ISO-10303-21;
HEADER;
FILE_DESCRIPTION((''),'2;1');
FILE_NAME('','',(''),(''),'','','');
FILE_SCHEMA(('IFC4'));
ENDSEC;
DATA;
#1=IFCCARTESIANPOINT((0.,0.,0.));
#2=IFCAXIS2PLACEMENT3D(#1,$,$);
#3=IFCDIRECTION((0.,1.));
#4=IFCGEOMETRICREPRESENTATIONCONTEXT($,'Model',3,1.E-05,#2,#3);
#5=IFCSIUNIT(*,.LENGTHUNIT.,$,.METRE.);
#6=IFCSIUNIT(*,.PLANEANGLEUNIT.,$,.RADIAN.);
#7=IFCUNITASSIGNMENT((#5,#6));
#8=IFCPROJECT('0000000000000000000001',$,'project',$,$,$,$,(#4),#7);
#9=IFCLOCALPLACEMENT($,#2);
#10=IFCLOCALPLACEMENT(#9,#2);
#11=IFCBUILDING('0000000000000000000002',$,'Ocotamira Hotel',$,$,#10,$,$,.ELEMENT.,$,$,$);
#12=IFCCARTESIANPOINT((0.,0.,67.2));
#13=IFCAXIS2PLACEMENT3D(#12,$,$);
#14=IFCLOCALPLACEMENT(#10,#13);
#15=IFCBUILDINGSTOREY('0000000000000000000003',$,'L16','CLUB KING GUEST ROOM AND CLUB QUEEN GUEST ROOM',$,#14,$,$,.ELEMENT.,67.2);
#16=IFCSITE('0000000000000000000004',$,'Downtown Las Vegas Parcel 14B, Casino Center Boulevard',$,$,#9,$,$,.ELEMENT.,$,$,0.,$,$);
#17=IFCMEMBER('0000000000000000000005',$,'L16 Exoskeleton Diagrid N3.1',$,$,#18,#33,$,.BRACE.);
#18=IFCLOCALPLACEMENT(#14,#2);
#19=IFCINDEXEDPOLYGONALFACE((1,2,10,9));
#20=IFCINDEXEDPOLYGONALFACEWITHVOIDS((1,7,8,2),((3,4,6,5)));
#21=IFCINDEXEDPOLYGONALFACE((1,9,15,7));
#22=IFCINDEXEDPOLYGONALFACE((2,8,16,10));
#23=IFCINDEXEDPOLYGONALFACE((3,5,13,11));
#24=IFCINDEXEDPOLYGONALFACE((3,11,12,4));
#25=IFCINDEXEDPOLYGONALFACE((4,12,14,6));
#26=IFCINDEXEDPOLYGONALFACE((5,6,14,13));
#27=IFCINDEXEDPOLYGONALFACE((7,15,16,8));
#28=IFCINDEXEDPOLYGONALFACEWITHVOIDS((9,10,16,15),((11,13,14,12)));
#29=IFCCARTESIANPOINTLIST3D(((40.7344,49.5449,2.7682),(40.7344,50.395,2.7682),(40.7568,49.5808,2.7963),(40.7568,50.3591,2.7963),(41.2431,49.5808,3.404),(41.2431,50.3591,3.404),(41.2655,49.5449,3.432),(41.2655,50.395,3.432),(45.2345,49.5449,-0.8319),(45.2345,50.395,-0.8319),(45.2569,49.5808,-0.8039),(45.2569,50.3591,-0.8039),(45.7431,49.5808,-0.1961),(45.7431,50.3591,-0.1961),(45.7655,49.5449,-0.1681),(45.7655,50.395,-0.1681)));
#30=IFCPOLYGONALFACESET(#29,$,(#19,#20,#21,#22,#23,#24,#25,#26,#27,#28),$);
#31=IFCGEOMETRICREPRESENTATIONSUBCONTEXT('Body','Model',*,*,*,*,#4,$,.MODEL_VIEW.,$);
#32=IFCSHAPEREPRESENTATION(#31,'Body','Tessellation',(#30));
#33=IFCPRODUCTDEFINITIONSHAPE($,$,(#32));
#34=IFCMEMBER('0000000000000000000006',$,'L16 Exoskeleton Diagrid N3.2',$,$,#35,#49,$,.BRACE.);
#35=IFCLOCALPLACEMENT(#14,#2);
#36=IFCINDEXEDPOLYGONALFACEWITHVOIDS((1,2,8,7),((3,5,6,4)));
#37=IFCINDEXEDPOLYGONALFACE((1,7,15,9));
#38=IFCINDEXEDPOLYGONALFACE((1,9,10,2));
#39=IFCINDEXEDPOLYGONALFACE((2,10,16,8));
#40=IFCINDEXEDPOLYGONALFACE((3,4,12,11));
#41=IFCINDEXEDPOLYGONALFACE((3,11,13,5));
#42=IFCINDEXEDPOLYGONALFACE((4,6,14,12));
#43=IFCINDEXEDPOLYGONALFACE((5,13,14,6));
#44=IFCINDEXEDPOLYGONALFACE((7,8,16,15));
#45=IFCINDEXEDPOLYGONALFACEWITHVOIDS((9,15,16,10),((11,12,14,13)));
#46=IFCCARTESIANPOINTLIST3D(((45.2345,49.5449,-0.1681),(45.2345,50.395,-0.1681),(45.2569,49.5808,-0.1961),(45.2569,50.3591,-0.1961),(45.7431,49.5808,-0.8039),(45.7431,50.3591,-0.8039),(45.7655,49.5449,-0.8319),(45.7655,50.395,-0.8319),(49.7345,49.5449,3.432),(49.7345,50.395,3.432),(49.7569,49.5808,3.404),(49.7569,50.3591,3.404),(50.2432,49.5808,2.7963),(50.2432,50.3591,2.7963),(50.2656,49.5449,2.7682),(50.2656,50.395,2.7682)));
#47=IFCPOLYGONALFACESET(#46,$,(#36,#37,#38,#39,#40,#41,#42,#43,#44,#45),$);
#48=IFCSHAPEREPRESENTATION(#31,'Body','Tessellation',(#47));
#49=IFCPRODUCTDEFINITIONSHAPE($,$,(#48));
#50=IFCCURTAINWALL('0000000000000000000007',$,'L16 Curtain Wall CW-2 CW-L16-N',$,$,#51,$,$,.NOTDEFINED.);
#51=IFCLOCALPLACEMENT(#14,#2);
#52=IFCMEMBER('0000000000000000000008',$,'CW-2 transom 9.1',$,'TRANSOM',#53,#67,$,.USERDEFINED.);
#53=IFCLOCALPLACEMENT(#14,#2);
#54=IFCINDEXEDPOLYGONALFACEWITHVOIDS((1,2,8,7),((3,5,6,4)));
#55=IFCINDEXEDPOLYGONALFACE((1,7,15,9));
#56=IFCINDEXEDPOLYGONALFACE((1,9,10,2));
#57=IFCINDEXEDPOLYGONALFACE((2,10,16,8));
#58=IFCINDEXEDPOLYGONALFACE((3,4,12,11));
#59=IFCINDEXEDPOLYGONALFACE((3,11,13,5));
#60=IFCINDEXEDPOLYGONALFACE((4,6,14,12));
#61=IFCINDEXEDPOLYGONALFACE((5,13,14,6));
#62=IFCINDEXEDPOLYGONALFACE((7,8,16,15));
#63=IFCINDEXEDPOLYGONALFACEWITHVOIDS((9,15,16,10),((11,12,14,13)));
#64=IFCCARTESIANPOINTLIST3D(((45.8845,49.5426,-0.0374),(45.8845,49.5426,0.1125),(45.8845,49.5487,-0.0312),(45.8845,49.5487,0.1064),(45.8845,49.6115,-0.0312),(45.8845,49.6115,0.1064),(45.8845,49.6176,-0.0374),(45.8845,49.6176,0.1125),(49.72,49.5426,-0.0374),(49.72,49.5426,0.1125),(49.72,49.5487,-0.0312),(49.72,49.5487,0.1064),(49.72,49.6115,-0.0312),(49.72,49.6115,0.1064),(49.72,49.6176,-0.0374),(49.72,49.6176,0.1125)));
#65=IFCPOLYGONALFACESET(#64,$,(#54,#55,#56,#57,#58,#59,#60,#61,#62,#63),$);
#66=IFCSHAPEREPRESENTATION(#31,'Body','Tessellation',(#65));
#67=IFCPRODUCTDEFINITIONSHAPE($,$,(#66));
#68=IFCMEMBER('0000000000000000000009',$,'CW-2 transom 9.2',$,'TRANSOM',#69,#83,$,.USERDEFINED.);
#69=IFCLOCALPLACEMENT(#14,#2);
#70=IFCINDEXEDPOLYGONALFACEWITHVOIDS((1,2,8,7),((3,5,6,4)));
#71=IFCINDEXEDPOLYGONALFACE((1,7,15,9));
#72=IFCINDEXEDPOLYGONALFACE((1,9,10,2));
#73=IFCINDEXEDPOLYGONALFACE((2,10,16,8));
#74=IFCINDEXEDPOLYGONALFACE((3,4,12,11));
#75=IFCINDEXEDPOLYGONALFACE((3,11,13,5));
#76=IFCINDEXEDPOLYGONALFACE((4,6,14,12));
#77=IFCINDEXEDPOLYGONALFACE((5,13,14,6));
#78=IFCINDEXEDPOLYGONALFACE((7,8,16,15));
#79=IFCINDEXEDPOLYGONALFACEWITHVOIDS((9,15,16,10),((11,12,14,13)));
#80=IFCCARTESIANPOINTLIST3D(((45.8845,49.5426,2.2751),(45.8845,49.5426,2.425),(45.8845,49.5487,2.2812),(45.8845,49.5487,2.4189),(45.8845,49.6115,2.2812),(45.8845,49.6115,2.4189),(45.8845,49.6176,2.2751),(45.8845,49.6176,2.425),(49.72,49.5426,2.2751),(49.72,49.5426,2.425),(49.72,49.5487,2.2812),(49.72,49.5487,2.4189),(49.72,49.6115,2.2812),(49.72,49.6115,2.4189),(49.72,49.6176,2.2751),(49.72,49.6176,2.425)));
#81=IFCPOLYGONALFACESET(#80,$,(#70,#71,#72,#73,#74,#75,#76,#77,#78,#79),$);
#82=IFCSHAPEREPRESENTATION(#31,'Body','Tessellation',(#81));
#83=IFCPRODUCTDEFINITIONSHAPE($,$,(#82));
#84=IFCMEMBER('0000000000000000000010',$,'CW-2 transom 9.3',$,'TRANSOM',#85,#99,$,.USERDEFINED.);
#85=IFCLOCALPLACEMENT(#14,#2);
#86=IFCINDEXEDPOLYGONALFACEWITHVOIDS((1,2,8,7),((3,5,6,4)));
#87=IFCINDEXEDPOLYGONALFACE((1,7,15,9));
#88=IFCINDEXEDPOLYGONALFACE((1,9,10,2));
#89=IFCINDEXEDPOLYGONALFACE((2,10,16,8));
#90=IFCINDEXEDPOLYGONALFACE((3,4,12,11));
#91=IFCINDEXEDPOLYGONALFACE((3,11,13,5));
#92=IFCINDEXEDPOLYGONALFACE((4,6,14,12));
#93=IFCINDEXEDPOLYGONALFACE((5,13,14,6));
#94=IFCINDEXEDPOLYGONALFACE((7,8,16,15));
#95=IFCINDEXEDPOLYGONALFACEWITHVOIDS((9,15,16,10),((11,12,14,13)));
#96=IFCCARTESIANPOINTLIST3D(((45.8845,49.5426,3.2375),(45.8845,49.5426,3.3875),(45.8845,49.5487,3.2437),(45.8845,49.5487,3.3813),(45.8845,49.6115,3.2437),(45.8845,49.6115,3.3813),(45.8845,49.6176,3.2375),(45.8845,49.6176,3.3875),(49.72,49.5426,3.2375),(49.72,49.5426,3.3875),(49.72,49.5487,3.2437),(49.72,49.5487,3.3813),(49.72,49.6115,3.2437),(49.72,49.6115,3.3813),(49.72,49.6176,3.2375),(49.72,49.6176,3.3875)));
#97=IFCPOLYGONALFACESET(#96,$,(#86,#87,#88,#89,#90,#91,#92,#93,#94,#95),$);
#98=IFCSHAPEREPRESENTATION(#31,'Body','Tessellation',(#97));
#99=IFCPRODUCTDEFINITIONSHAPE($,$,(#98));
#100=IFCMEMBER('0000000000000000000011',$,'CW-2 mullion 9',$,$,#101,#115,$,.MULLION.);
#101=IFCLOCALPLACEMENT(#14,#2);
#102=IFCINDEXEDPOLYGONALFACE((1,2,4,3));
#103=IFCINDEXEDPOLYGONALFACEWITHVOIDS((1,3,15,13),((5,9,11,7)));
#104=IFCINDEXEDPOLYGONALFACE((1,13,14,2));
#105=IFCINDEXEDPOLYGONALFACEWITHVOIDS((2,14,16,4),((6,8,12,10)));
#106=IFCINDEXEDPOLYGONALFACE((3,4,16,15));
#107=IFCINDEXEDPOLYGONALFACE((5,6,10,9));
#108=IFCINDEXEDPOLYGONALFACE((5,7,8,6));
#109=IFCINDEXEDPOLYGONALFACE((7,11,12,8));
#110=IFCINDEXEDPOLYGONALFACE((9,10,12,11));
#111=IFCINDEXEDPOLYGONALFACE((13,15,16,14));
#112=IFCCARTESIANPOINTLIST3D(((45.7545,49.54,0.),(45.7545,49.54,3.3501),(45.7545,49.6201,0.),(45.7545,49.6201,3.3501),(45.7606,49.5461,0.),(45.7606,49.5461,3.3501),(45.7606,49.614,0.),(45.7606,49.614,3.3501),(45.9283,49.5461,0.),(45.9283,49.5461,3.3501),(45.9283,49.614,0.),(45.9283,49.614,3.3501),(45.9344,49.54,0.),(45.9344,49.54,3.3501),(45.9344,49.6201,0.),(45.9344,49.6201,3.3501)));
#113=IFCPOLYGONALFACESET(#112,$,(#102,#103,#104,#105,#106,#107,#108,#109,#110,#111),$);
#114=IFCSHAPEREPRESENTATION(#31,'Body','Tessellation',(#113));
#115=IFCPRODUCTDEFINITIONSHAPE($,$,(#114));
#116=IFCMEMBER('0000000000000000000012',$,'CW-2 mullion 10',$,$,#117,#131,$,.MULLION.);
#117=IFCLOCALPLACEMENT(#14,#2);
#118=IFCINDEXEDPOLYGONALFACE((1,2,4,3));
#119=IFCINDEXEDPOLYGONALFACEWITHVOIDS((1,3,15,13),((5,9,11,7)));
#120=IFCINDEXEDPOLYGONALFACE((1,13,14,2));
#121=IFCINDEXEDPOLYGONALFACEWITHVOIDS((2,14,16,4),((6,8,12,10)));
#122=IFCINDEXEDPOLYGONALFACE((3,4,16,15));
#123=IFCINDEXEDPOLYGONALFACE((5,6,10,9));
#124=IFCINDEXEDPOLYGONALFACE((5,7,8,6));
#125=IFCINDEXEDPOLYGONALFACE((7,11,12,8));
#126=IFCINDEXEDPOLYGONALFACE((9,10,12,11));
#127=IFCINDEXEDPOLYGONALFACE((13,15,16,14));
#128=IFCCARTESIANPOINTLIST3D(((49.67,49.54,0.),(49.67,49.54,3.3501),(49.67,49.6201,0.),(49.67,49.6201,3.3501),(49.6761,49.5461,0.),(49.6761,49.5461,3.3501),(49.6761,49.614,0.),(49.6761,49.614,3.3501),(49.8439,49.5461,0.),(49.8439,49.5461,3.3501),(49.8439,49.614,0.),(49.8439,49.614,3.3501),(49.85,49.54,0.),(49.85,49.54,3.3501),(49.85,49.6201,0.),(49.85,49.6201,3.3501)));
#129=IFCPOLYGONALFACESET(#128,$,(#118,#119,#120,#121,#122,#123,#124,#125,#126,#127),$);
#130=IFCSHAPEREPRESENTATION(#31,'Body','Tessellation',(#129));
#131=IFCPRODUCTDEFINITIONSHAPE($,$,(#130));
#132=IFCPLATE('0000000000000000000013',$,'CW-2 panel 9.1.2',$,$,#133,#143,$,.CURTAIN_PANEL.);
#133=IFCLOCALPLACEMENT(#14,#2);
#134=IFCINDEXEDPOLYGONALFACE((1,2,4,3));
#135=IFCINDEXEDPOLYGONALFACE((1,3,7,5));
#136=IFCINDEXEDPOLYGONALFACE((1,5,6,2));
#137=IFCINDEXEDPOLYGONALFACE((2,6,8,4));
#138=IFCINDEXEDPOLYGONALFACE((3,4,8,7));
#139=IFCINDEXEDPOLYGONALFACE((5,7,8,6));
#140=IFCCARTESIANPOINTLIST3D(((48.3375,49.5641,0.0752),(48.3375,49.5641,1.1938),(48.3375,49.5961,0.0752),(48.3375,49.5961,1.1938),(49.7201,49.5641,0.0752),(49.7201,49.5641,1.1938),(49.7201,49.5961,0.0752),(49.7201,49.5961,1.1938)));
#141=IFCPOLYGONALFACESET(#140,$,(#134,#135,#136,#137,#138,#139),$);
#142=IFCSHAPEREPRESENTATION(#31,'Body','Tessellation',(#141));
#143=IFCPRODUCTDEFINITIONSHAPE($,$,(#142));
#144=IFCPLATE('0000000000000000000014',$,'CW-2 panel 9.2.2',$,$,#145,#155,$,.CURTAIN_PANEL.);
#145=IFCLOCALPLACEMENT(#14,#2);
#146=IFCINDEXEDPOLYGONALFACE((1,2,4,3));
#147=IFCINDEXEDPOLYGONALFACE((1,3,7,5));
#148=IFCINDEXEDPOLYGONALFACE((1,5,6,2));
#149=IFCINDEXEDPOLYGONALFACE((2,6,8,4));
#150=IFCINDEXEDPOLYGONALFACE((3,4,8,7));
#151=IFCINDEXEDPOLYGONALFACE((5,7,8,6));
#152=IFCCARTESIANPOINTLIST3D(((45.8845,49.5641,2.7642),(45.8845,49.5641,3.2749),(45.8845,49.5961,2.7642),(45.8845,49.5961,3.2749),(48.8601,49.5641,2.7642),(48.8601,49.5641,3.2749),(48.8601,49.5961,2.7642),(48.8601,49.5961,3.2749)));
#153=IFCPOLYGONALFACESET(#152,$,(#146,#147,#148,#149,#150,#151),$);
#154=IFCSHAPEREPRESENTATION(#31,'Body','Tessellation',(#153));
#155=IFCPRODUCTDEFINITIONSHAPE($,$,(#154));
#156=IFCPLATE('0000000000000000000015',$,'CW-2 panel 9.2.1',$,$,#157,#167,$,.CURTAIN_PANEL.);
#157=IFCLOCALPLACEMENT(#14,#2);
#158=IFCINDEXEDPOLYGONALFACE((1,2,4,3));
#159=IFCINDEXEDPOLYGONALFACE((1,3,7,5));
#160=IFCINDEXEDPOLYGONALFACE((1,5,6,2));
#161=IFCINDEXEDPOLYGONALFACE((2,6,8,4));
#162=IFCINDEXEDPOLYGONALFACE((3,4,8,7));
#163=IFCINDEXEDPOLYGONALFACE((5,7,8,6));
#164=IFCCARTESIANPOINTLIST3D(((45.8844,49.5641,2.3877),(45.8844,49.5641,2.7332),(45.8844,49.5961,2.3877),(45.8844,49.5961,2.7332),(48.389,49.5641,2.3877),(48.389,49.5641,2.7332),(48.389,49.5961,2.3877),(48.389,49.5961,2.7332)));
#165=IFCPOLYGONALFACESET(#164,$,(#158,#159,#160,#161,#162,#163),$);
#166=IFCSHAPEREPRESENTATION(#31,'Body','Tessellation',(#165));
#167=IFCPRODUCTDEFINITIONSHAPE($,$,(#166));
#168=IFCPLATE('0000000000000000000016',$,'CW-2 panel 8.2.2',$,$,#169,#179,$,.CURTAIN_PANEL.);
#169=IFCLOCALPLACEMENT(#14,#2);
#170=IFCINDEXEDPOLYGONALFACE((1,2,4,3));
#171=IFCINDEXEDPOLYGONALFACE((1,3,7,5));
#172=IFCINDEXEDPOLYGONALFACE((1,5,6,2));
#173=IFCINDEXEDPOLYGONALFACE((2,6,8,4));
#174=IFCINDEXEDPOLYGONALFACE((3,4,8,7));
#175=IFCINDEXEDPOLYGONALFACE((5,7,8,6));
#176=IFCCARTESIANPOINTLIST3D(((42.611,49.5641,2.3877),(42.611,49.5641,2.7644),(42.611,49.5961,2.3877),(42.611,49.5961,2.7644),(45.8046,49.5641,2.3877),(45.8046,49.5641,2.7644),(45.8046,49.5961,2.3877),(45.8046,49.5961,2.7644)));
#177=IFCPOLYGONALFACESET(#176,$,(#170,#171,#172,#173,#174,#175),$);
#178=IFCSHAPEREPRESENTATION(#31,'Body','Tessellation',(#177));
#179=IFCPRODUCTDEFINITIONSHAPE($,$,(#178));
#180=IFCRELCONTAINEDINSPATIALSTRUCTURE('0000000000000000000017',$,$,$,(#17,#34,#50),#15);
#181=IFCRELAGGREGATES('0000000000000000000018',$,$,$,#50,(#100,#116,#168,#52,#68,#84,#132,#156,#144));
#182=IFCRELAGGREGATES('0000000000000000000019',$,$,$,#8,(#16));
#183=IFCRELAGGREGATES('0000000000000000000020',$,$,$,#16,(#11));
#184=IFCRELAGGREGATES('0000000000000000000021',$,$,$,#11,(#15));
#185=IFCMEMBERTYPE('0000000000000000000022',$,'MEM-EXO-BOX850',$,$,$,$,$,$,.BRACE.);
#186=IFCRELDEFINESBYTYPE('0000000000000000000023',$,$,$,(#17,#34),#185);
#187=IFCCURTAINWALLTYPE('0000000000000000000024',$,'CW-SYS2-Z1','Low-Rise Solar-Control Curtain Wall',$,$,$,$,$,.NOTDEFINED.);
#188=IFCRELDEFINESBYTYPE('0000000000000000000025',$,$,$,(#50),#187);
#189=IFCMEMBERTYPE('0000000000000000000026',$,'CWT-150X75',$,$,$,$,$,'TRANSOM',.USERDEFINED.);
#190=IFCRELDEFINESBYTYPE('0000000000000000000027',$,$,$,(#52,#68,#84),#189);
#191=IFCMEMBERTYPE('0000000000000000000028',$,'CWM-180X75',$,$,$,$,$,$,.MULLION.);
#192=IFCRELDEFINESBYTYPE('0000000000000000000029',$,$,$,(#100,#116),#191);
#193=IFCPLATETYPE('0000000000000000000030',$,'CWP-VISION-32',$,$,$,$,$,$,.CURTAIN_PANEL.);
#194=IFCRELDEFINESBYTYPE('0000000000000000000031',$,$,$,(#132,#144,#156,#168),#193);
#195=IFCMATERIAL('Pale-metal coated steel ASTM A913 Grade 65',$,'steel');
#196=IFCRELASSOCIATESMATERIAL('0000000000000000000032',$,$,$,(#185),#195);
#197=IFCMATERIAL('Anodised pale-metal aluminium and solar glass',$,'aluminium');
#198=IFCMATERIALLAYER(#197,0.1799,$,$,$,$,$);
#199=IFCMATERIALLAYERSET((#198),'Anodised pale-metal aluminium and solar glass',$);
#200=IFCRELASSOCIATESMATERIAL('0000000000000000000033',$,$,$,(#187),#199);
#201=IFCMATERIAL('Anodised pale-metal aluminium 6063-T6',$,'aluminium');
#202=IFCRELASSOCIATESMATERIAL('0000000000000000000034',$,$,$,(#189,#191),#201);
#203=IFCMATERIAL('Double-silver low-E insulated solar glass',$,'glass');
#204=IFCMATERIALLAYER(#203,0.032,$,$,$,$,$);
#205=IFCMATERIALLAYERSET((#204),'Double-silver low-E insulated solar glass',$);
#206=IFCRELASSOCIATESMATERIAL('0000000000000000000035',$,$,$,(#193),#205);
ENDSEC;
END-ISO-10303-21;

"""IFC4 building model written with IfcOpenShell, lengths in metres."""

from ifc_helpers import new_model, si_unit, direction, frame, origin, origin_2d, place, context, subcontext, project, spatial, rectangle, hollow_rectangle, extrude, source, transform, mapped, material, layer, layer_set, material_profile, profile_set, type_object, element, aggregate, save


model = new_model("IFC4")

# Units and contexts
model_context = context("Model", 3, precision=1e-05, world=origin(), true_north=direction((0.0, 1.0)))
body_context = subcontext(model_context, "Body", "Model", "MODEL_VIEW")
ifc_project = project(units=[si_unit("LENGTHUNIT", "METRE"), si_unit("PLANEANGLEUNIT", "RADIAN")], contexts=[model_context])

# Site, building, storey
site_placement = place(None, origin())
site = spatial("IfcSite", under=ifc_project, at=site_placement, Name="Downtown Las Vegas Parcel 14B, Casino Center Boulevard", CompositionType="ELEMENT", RefElevation=0.0)
building_placement = place(site_placement, origin())
building = spatial("IfcBuilding", under=site, at=building_placement, Name="Ocotamira Hotel", CompositionType="ELEMENT")
storey_placement = place(building_placement, frame((0.0, 0.0, 67.2)))
storey = spatial("IfcBuildingStorey", under=building, at=storey_placement, Name="L16", Description="CLUB KING GUEST ROOM AND CLUB QUEEN GUEST ROOM", CompositionType="ELEMENT", Elevation=67.2)

# Members
ifc_material_1 = material(Name="Pale-metal coated steel ASTM A913 Grade 65", Category="steel")
ifc_material_profile_1 = material_profile(ifc_material_1, hollow_rectangle(XDim=0.8501, YDim=0.8501, WallThickness=0.0359, at=origin_2d()), Name="BOX850X850X36")
ifc_profile_set_1 = profile_set([ifc_material_profile_1], Name="Pale-metal coated steel ASTM A913 Grade 65")
member_type_1 = type_object("IfcMemberType", Name="MEM-EXO-BOX850", PredefinedType="BRACE", material=ifc_profile_set_1)
shared_shape_1 = source(origin(), body_context, "Body", "SweptSolid", [
    extrude(hollow_rectangle(XDim=0.8501, YDim=0.8501, WallThickness=0.0359, at=origin_2d()), origin(), (0.0, 0.0, 1.0), 5.7629),
])
for number, where, z_axis, x_axis, name in (
    (1, (45.5, 49.97, -0.5), (-0.780861, 0.0, 0.624705), (0.0, -1.0, 0.0), "L16 Exoskeleton Diagrid N3.1"),
    (2, (45.5, 49.97, -0.5), (0.780861, 0.0, 0.624705), (0.0, 1.0, 0.0), "L16 Exoskeleton Diagrid N3.2"),
):
    element("IfcMember", number, at=place(storey_placement, frame(where, z_axis=z_axis, x_axis=x_axis)), inside=storey, type_object=member_type_1, Name=name, PredefinedType="BRACE", context=body_context, shape_type="MappedRepresentation", body=[
        mapped(shared_shape_1, transform((0.0, 0.0, 0.0), scale=1.0)),
    ])

# Curtain wall, members, plates
ifc_material_2 = material(Name="Anodised pale-metal aluminium and solar glass", Category="aluminium")
ifc_layer_1 = layer(ifc_material_2, 0.1799)
ifc_layer_set_1 = layer_set([ifc_layer_1], Name="Anodised pale-metal aluminium and solar glass")
curtain_wall_type = type_object("IfcCurtainWallType", Name="CW-SYS2-Z1", Description="Low-Rise Solar-Control Curtain Wall", PredefinedType="NOTDEFINED", material=ifc_layer_set_1)
curtain_wall_placement = place(storey_placement, origin())
curtain_wall = element("IfcCurtainWall", 3, at=curtain_wall_placement, inside=storey, type_object=curtain_wall_type, Name="L16 Curtain Wall CW-2 CW-L16-N", PredefinedType="NOTDEFINED")
ifc_material_3 = material(Name="Anodised pale-metal aluminium 6063-T6", Category="aluminium")
ifc_material_profile_2 = material_profile(ifc_material_3, hollow_rectangle(XDim=0.075, YDim=0.1499, WallThickness=0.0061, at=origin_2d()), Name="HSS150X75X6")
ifc_profile_set_2 = profile_set([ifc_material_profile_2], Name="Anodised pale-metal aluminium 6063-T6")
member_type_2 = type_object("IfcMemberType", Name="CWT-150X75", ElementType="TRANSOM", PredefinedType="USERDEFINED", material=ifc_profile_set_2)
shared_shape_2 = source(origin(), body_context, "Body", "SweptSolid", [
    extrude(hollow_rectangle(XDim=0.075, YDim=0.1499, WallThickness=0.0061, at=origin_2d()), origin(), (0.0, 0.0, 1.0), 3.8354),
])
member_1_placement = place(storey_placement, frame((45.8845, 49.5801, 0.0376), z_axis=(1.0, 0.0, 0.0), x_axis=(0.0, 1.0, 0.0)))
member_1 = element("IfcMember", 4, at=member_1_placement, type_object=member_type_2, Name="CW-2 transom 9.1", ObjectType="TRANSOM", PredefinedType="USERDEFINED", context=body_context, shape_type="MappedRepresentation", body=[
    mapped(shared_shape_2, transform((0.0, 0.0, 0.0), scale=1.0)),
])
member_2_placement = place(storey_placement, frame((45.8845, 49.5801, 2.3501), z_axis=(1.0, 0.0, 0.0), x_axis=(0.0, 1.0, 0.0)))
member_2 = element("IfcMember", 5, at=member_2_placement, type_object=member_type_2, Name="CW-2 transom 9.2", ObjectType="TRANSOM", PredefinedType="USERDEFINED", context=body_context, shape_type="MappedRepresentation", body=[
    mapped(shared_shape_2, transform((0.0, 0.0, 0.0), scale=1.0)),
])
member_3_placement = place(storey_placement, frame((45.8845, 49.5801, 3.3125), z_axis=(1.0, 0.0, 0.0), x_axis=(0.0, 1.0, 0.0)))
member_3 = element("IfcMember", 6, at=member_3_placement, type_object=member_type_2, Name="CW-2 transom 9.3", ObjectType="TRANSOM", PredefinedType="USERDEFINED", context=body_context, shape_type="MappedRepresentation", body=[
    mapped(shared_shape_2, transform((0.0, 0.0, 0.0), scale=1.0)),
])
ifc_material_profile_3 = material_profile(ifc_material_3, hollow_rectangle(XDim=0.0801, YDim=0.1799, WallThickness=0.0061, at=origin_2d()), Name="HSS180X80X6")
ifc_profile_set_3 = profile_set([ifc_material_profile_3], Name="Anodised pale-metal aluminium 6063-T6")
member_type_3 = type_object("IfcMemberType", Name="CWM-180X75", PredefinedType="MULLION", material=ifc_profile_set_3)
shared_shape_3 = source(origin(), body_context, "Body", "SweptSolid", [
    extrude(hollow_rectangle(XDim=0.0801, YDim=0.1799, WallThickness=0.0061, at=origin_2d()), origin(), (0.0, 0.0, 1.0), 3.3501),
])
member_4_placement = place(storey_placement, frame((45.8445, 49.5801, 0.0), z_axis=(0.0, 0.0, 1.0), x_axis=(0.0, 1.0, 0.0)))
member_4 = element("IfcMember", 7, at=member_4_placement, type_object=member_type_3, Name="CW-2 mullion 9", PredefinedType="MULLION", context=body_context, shape_type="MappedRepresentation", body=[
    mapped(shared_shape_3, transform((0.0, 0.0, 0.0), scale=1.0)),
])
member_5_placement = place(storey_placement, frame((49.76, 49.5801, 0.0), z_axis=(0.0, 0.0, 1.0), x_axis=(0.0, 1.0, 0.0)))
member_5 = element("IfcMember", 8, at=member_5_placement, type_object=member_type_3, Name="CW-2 mullion 10", PredefinedType="MULLION", context=body_context, shape_type="MappedRepresentation", body=[
    mapped(shared_shape_3, transform((0.0, 0.0, 0.0), scale=1.0)),
])
ifc_material_4 = material(Name="Double-silver low-E insulated solar glass", Category="glass")
ifc_layer_2 = layer(ifc_material_4, 0.032)
ifc_layer_set_2 = layer_set([ifc_layer_2], Name="Double-silver low-E insulated solar glass")
plate_type = type_object("IfcPlateType", Name="CWP-VISION-32", PredefinedType="CURTAIN_PANEL", material=ifc_layer_set_2)
shared_shape_4 = source(origin(), body_context, "Body", "SweptSolid", [
    extrude(rectangle(XDim=1.3826, YDim=0.032, at=origin_2d()), origin(), (0.0, 0.0, 1.0), 1.1187),
])
plate_1_placement = place(storey_placement, frame((49.0288, 49.5801, 0.0752), z_axis=(0.0, 0.0, 1.0), x_axis=(1.0, 0.0, 0.0)))
plate_1 = element("IfcPlate", 9, at=plate_1_placement, type_object=plate_type, Name="CW-2 panel 9.1.2", PredefinedType="CURTAIN_PANEL", context=body_context, shape_type="MappedRepresentation", body=[
    mapped(shared_shape_4, transform((0.0, 0.0, 0.0), scale=1.0)),
])
shared_shape_5 = source(origin(), body_context, "Body", "SweptSolid", [
    extrude(rectangle(XDim=2.9756, YDim=0.032, at=origin_2d()), origin(), (0.0, 0.0, 1.0), 0.5107),
])
plate_2_placement = place(storey_placement, frame((47.3723, 49.5801, 2.7642), z_axis=(0.0, 0.0, 1.0), x_axis=(1.0, 0.0, 0.0)))
plate_2 = element("IfcPlate", 10, at=plate_2_placement, type_object=plate_type, Name="CW-2 panel 9.2.2", PredefinedType="CURTAIN_PANEL", context=body_context, shape_type="MappedRepresentation", body=[
    mapped(shared_shape_5, transform((0.0, 0.0, 0.0), scale=1.0)),
])
shared_shape_6 = source(origin(), body_context, "Body", "SweptSolid", [
    extrude(rectangle(XDim=2.5046, YDim=0.032, at=origin_2d()), origin(), (0.0, 0.0, 1.0), 0.3455),
])
plate_3_placement = place(storey_placement, frame((47.1367, 49.5801, 2.3877), z_axis=(0.0, 0.0, 1.0), x_axis=(1.0, 0.0, 0.0)))
plate_3 = element("IfcPlate", 11, at=plate_3_placement, type_object=plate_type, Name="CW-2 panel 9.2.1", PredefinedType="CURTAIN_PANEL", context=body_context, shape_type="MappedRepresentation", body=[
    mapped(shared_shape_6, transform((0.0, 0.0, 0.0), scale=1.0)),
])
shared_shape_7 = source(origin(), body_context, "Body", "SweptSolid", [
    extrude(rectangle(XDim=3.1936, YDim=0.032, at=origin_2d()), origin(), (0.0, 0.0, 1.0), 0.3767),
])
plate_4_placement = place(storey_placement, frame((44.2078, 49.5801, 2.3877), z_axis=(0.0, 0.0, 1.0), x_axis=(1.0, 0.0, 0.0)))
plate_4 = element("IfcPlate", 12, at=plate_4_placement, type_object=plate_type, Name="CW-2 panel 8.2.2", PredefinedType="CURTAIN_PANEL", context=body_context, shape_type="MappedRepresentation", body=[
    mapped(shared_shape_7, transform((0.0, 0.0, 0.0), scale=1.0)),
])
aggregate(curtain_wall, [member_4, member_5, plate_4, member_1, member_2, member_3, plate_1, plate_3, plate_2])

save(model, "model.ifc")
